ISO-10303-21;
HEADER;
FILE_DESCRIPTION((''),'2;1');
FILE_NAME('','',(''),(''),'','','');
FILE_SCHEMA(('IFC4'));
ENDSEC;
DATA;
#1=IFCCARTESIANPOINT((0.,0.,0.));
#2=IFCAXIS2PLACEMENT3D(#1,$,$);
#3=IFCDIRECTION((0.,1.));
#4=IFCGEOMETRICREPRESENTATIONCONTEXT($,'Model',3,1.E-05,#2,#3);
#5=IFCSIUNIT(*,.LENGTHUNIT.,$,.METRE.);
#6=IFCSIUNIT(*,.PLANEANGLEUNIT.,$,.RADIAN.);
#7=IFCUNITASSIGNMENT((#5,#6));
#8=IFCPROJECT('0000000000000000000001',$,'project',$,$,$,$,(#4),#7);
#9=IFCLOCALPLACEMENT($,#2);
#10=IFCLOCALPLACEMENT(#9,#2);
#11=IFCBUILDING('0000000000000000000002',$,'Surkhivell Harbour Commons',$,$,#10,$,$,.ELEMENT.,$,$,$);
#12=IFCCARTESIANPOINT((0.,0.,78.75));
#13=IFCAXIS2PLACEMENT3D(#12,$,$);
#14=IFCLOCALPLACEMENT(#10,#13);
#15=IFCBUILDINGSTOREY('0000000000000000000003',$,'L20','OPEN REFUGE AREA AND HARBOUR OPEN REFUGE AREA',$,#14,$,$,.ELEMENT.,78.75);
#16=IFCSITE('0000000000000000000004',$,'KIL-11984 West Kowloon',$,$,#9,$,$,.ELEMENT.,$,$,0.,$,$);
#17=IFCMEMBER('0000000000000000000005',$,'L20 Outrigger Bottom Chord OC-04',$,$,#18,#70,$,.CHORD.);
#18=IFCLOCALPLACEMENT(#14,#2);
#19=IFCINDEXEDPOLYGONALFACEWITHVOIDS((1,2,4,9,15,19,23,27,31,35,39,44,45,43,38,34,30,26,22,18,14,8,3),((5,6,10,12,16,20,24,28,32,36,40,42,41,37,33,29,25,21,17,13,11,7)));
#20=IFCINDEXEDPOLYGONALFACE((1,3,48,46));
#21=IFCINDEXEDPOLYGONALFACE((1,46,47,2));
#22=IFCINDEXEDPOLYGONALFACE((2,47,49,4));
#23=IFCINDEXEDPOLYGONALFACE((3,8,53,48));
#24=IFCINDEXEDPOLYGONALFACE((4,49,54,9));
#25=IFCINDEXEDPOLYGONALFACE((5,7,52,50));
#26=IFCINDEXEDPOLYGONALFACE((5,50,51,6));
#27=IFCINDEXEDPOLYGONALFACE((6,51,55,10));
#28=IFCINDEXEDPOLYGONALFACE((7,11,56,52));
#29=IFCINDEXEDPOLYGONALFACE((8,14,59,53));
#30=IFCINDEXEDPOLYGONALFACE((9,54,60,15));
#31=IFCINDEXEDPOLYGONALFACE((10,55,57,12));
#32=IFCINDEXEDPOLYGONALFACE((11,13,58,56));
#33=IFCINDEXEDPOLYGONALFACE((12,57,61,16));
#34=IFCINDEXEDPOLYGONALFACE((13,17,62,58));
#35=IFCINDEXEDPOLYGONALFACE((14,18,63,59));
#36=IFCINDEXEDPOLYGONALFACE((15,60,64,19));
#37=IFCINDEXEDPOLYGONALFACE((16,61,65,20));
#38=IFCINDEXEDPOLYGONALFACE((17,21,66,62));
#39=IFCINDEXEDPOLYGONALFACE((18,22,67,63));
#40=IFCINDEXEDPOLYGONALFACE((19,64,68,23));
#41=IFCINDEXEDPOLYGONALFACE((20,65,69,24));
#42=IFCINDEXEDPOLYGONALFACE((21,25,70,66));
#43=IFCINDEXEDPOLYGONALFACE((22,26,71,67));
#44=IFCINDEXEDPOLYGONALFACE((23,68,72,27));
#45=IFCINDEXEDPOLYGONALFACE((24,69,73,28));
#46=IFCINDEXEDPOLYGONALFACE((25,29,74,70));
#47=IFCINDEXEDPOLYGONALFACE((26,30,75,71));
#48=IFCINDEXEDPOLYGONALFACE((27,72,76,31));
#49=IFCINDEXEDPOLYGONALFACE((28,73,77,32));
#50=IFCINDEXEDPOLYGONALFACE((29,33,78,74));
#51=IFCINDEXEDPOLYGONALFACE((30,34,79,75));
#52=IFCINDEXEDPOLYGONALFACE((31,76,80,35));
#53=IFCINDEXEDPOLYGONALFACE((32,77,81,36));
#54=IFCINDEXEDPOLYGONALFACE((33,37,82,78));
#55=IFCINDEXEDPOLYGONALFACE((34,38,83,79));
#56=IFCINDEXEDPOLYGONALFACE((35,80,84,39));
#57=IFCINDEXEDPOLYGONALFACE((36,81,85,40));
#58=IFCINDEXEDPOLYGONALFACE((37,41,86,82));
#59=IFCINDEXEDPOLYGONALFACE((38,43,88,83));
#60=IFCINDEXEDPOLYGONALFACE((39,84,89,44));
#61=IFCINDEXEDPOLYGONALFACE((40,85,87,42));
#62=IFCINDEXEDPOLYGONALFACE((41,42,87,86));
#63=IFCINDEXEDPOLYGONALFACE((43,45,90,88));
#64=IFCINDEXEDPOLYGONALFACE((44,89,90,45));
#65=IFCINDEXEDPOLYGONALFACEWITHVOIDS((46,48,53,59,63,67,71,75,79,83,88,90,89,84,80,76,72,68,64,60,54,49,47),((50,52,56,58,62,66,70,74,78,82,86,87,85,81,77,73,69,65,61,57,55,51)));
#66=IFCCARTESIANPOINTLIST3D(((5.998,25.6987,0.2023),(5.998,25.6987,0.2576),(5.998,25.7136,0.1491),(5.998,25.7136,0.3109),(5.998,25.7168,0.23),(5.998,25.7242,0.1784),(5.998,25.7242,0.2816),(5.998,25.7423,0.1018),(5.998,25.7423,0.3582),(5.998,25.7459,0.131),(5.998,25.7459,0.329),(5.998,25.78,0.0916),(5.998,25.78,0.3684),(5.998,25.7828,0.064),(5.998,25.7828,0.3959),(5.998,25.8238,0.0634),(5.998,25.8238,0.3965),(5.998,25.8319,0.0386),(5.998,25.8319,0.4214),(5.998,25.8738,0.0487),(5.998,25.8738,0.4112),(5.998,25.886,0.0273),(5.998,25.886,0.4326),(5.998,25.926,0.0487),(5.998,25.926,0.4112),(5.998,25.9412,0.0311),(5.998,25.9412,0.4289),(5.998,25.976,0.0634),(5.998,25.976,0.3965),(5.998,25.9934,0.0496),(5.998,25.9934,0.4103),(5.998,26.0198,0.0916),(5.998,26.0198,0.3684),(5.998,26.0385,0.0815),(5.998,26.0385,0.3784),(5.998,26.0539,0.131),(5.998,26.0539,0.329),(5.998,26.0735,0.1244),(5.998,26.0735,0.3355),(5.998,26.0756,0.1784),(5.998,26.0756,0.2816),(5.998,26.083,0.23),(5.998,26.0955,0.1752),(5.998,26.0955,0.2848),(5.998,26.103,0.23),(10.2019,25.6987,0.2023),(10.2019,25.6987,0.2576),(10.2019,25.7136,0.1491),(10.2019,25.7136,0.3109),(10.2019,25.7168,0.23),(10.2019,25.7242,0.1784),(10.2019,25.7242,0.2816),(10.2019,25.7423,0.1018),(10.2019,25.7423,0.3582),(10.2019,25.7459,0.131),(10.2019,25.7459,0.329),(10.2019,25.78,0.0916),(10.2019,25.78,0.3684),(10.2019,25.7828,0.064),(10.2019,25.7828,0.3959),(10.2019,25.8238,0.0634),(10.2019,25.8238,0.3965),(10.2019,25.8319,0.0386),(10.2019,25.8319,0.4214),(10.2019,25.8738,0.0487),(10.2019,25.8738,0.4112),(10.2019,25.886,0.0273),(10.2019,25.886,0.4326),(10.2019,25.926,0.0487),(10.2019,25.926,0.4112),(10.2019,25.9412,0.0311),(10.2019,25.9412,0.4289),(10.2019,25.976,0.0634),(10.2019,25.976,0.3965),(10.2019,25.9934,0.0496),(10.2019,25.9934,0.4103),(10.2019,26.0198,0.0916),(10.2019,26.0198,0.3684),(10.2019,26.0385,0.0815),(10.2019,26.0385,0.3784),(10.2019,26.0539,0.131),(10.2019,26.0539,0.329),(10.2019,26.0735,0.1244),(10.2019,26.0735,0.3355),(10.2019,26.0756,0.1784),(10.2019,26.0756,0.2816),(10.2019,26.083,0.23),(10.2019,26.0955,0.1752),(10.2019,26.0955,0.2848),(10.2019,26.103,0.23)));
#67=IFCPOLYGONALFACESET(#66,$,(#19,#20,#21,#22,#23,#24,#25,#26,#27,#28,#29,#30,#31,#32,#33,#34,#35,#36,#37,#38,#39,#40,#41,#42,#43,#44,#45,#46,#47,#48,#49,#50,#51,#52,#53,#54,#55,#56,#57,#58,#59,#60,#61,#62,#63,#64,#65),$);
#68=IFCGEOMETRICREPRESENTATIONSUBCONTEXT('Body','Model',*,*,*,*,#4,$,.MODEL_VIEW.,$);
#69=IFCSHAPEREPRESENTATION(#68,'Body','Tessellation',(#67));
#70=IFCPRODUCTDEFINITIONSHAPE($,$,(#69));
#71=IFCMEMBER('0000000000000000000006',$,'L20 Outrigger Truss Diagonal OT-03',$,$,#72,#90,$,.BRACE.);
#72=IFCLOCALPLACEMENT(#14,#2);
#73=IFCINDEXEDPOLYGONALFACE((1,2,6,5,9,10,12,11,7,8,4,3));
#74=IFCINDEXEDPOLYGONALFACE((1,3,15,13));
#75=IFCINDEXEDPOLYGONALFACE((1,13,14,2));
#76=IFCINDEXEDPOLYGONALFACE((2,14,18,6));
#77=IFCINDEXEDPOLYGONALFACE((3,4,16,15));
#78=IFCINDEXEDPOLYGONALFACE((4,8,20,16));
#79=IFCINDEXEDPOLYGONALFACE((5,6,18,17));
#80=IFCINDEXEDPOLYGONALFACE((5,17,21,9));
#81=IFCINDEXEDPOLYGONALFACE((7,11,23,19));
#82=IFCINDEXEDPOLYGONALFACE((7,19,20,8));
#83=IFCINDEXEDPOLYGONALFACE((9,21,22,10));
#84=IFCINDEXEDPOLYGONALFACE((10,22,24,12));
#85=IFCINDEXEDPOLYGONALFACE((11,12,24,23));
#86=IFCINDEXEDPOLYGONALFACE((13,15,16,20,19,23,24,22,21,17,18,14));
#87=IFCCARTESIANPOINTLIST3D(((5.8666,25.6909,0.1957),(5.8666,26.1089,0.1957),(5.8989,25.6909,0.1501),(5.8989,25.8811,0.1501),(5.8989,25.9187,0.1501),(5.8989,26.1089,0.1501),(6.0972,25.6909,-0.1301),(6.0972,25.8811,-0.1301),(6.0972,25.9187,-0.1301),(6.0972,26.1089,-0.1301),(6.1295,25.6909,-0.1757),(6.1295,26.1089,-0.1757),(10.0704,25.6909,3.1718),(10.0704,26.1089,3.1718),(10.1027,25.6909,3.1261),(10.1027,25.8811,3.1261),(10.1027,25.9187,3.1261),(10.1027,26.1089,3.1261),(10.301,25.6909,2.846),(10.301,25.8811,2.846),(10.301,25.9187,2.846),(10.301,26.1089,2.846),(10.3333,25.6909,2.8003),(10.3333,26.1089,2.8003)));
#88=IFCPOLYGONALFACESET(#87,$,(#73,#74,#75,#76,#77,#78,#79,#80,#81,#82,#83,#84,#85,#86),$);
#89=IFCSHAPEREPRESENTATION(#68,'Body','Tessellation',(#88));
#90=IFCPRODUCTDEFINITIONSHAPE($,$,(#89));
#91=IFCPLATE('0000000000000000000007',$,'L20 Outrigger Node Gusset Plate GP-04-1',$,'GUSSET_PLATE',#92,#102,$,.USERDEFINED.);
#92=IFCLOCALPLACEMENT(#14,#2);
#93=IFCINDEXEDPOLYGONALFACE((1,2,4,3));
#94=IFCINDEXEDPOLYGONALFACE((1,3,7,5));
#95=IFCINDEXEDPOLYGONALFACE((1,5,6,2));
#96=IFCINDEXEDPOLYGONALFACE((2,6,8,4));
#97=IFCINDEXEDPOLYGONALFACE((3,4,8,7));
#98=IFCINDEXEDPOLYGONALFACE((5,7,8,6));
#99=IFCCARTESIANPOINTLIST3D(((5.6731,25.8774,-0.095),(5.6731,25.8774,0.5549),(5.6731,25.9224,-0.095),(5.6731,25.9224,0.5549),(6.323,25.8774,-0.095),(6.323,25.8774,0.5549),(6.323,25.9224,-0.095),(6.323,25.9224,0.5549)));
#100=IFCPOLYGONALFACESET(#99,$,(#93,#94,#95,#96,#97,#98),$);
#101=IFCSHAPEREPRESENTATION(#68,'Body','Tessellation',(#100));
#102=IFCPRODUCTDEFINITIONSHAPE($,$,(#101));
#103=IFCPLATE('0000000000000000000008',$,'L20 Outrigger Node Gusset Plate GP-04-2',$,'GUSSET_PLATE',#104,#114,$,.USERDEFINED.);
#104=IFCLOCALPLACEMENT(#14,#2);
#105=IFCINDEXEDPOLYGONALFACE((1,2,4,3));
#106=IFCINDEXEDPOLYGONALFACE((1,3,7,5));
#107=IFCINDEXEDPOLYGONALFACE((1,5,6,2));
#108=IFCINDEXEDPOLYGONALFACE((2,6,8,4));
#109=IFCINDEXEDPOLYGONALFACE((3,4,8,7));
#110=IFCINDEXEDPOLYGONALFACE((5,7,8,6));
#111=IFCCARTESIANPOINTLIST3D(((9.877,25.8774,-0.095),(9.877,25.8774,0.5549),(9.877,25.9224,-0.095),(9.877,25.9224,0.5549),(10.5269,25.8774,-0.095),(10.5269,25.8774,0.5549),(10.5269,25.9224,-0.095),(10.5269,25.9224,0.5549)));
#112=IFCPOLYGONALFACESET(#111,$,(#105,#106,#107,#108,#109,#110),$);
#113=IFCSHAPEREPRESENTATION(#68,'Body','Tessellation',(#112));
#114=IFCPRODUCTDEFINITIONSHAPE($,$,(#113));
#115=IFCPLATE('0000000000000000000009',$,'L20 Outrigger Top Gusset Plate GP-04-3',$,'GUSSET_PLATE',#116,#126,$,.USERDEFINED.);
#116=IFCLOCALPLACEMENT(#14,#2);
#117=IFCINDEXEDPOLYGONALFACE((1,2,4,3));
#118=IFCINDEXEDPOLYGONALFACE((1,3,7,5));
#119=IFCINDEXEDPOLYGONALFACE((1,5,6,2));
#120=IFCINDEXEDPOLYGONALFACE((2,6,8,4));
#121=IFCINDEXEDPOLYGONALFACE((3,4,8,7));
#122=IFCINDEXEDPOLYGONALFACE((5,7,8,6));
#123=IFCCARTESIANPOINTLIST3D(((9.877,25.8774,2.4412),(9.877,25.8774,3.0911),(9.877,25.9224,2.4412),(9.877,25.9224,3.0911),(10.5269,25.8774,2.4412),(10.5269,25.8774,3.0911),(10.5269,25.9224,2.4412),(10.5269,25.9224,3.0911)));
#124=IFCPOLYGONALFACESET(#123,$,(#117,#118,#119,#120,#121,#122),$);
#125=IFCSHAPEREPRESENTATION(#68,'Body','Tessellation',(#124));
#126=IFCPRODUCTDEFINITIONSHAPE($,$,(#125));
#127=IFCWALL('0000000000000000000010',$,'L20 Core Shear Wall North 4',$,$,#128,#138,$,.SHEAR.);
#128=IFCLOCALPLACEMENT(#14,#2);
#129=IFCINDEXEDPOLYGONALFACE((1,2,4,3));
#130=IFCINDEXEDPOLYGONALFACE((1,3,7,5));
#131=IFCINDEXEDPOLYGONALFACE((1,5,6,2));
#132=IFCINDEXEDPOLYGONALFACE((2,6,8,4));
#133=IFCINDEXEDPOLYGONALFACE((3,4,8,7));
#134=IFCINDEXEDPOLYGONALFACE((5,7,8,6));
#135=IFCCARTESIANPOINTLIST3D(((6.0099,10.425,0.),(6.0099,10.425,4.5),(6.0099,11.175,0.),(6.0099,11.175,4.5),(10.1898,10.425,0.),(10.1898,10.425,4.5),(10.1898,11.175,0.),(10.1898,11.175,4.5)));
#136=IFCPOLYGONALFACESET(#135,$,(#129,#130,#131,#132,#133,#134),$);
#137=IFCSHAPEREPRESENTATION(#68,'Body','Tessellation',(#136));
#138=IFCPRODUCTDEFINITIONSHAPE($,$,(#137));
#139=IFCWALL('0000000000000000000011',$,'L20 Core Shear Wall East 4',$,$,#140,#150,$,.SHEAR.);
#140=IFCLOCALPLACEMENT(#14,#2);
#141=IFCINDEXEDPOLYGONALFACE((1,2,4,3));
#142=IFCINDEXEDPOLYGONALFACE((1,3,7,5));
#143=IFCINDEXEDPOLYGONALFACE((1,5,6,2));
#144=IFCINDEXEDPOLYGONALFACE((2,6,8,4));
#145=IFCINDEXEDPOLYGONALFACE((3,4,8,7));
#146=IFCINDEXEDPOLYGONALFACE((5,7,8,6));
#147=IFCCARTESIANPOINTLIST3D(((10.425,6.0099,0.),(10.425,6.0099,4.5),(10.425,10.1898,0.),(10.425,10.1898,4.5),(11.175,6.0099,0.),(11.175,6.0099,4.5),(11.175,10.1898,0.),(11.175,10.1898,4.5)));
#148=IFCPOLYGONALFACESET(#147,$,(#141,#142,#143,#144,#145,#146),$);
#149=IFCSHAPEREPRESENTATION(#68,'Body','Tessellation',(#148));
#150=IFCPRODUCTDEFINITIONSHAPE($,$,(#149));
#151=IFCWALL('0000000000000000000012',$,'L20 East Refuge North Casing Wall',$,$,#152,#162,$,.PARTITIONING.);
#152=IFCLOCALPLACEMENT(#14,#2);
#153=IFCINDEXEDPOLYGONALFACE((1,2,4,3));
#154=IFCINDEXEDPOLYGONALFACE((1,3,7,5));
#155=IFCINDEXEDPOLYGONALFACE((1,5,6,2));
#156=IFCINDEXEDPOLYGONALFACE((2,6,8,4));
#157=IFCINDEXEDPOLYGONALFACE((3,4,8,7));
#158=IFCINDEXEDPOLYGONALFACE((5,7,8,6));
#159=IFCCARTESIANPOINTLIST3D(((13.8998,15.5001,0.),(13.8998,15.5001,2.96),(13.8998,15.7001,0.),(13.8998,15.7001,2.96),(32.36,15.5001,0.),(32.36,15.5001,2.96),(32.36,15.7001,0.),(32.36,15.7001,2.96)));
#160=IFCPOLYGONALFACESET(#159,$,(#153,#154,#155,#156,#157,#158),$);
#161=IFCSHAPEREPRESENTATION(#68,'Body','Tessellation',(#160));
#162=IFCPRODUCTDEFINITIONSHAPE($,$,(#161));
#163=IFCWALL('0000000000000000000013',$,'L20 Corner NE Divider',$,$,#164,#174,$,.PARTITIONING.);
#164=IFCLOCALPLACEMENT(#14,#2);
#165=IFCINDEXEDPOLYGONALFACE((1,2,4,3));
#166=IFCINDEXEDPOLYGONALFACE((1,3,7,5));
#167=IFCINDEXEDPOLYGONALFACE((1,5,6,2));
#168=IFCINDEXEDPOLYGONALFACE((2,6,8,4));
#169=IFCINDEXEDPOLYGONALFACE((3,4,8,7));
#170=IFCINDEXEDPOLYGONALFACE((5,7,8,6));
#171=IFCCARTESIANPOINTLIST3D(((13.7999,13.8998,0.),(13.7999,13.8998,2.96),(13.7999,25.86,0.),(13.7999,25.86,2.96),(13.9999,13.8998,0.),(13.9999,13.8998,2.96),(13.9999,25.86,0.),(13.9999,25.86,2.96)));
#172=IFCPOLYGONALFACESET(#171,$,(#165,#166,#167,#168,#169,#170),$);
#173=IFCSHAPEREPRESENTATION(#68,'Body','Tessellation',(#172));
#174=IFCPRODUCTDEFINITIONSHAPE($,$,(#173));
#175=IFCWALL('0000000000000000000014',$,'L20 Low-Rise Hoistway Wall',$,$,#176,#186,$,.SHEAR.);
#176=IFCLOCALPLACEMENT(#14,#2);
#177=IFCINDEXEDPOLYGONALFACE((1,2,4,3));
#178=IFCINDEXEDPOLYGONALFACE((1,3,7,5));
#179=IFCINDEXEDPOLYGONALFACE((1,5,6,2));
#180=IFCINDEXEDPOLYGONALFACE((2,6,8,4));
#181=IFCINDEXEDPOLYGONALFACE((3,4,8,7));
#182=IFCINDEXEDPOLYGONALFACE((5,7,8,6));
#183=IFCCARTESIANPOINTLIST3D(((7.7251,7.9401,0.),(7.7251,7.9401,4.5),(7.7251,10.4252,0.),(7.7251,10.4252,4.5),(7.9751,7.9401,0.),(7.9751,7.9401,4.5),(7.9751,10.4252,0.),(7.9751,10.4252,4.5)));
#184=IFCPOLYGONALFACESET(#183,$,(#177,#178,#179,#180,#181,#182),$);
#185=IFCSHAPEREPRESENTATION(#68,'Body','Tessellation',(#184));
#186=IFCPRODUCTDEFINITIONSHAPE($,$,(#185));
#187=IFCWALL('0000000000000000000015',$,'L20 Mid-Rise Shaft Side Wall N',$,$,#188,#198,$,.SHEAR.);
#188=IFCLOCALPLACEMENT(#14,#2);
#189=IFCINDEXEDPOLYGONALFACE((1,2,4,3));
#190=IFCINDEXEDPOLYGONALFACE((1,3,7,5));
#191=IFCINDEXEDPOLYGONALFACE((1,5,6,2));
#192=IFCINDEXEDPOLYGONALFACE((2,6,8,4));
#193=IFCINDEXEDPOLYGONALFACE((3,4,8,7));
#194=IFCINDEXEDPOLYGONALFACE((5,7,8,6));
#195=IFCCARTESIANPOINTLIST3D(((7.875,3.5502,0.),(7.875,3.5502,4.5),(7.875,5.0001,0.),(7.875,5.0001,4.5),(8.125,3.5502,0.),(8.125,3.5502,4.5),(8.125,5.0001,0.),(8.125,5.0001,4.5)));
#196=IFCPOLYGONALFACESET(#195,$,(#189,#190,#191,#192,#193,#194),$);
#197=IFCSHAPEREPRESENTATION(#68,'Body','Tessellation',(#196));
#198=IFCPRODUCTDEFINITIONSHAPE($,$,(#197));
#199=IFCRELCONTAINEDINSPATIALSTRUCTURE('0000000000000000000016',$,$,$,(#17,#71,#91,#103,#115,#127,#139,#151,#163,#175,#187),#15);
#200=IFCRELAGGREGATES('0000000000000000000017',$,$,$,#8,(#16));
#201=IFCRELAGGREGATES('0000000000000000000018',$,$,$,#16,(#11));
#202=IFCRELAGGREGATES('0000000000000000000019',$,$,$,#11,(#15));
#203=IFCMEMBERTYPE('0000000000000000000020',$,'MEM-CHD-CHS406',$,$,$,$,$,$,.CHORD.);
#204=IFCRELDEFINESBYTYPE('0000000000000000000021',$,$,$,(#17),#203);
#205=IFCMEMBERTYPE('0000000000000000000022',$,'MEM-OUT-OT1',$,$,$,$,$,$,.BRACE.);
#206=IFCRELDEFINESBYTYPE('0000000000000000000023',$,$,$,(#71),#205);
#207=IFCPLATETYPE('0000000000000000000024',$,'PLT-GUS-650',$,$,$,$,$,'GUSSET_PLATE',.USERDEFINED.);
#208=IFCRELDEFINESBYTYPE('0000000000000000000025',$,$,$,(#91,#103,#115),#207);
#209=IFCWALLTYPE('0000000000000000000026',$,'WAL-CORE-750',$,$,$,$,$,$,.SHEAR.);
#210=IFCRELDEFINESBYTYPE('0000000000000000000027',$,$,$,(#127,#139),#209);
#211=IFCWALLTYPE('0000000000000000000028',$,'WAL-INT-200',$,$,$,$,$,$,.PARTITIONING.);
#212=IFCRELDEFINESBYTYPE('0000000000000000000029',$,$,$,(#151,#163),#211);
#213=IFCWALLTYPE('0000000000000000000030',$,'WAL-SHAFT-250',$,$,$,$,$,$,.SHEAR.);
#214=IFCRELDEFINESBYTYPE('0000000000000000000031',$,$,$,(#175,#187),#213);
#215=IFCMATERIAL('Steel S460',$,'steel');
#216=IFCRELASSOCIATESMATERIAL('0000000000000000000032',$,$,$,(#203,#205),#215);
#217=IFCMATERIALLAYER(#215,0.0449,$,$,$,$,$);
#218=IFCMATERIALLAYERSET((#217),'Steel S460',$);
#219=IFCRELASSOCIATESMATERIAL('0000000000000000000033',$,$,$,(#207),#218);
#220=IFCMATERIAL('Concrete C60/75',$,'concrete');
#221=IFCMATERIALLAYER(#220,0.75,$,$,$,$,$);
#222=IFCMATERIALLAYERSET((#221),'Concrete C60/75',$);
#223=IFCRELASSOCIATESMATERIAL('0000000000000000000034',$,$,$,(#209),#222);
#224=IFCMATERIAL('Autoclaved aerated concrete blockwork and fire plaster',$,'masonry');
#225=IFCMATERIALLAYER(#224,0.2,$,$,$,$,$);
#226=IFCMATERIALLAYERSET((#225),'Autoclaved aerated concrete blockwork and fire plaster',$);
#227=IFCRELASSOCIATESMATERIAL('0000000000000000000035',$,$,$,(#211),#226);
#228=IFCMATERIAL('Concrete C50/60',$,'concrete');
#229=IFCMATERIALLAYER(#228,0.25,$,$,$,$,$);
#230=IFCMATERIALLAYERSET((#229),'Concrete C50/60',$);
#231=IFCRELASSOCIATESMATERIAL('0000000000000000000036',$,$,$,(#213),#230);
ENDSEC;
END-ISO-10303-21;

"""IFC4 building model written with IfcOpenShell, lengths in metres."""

from ifc_helpers import new_model, si_unit, direction, frame, frame_2d, origin, origin_2d, place, context, subcontext, project, spatial, rectangle, hollow_circle, i_section, extrude, material, layer, layer_set, material_profile, profile_set, type_object, element, save


model = new_model("IFC4")

# Units and contexts
model_context = context("Model", 3, precision=1e-05, world=origin(), true_north=direction((0.0, 1.0)))
body_context = subcontext(model_context, "Body", "Model", "MODEL_VIEW")
ifc_project = project(units=[si_unit("LENGTHUNIT", "METRE"), si_unit("PLANEANGLEUNIT", "RADIAN")], contexts=[model_context])

# Site, building, storey
site_placement = place(None, origin())
site = spatial("IfcSite", under=ifc_project, at=site_placement, Name="KIL-11984 West Kowloon", CompositionType="ELEMENT", RefElevation=0.0)
building_placement = place(site_placement, origin())
building = spatial("IfcBuilding", under=site, at=building_placement, Name="Surkhivell Harbour Commons", CompositionType="ELEMENT")
storey_placement = place(building_placement, frame((0.0, 0.0, 78.75)))
storey = spatial("IfcBuildingStorey", under=building, at=storey_placement, Name="L20", Description="OPEN REFUGE AREA AND HARBOUR OPEN REFUGE AREA", CompositionType="ELEMENT", Elevation=78.75)

# Shared definitions
ifc_material_1 = material(Name="Steel S460", Category="steel")

# Members
ifc_material_profile_1 = material_profile(ifc_material_1, hollow_circle(Radius=0.2031, WallThickness=0.02, at=origin_2d()), Name="CHS406x20")
ifc_profile_set_1 = profile_set([ifc_material_profile_1], Name="Steel S460")
member_type_1 = type_object("IfcMemberType", Name="MEM-CHD-CHS406", PredefinedType="CHORD", material=ifc_profile_set_1)
member_1_placement = place(storey_placement, frame((5.998, 25.8999, 0.23), z_axis=(1.0, 0.0, 0.0), x_axis=(0.0, 1.0, 0.0)))
element("IfcMember", 1, at=member_1_placement, inside=storey, type_object=member_type_1, Name="L20 Outrigger Bottom Chord OC-04", PredefinedType="CHORD", context=body_context, shape_type="SweptSolid", body=[
    extrude(hollow_circle(Radius=0.2031, WallThickness=0.02, at=origin_2d()), origin(), (0.0, 0.0, 1.0), 4.2039),
])
ifc_material_profile_2 = material_profile(ifc_material_1, i_section(OverallWidth=0.418, OverallDepth=0.4551, WebThickness=0.0376, FlangeThickness=0.0559, at=origin_2d()), Name="HD400x551")
ifc_profile_set_2 = profile_set([ifc_material_profile_2], Name="Steel S460")
member_type_2 = type_object("IfcMemberType", Name="MEM-OUT-OT1", PredefinedType="BRACE", material=ifc_profile_set_2)
member_2_placement = place(storey_placement, frame((5.998, 25.8999, 0.01), z_axis=(0.816176, 0.0, 0.577803), x_axis=(0.0, 1.0, 0.0)))
element("IfcMember", 2, at=member_2_placement, inside=storey, type_object=member_type_2, Name="L20 Outrigger Truss Diagonal OT-03", PredefinedType="BRACE", context=body_context, shape_type="SweptSolid", body=[
    extrude(i_section(OverallWidth=0.418, OverallDepth=0.4551, WebThickness=0.0376, FlangeThickness=0.0559, at=origin_2d()), origin(), (0.0, 0.0, 1.0), 5.1506),
])

# Plates
ifc_layer_1 = layer(ifc_material_1, 0.0449)
ifc_layer_set_1 = layer_set([ifc_layer_1], Name="Steel S460")
plate_type = type_object("IfcPlateType", Name="PLT-GUS-650", ElementType="GUSSET_PLATE", PredefinedType="USERDEFINED", material=ifc_layer_set_1)
for number, where, z_axis, x_axis, name in (
    (3, (5.998, 25.8999, -0.095), (0.0, 0.0, 1.0), (1.0, 0.0, 0.0), "L20 Outrigger Node Gusset Plate GP-04-1"),
    (4, (10.2019, 25.8999, -0.095), (0.0, 0.0, 1.0), (1.0, 0.0, 0.0), "L20 Outrigger Node Gusset Plate GP-04-2"),
    (5, (10.2019, 25.8999, 2.4412), (0.0, 0.0, 1.0), (1.0, 0.0, 0.0), "L20 Outrigger Top Gusset Plate GP-04-3"),
):
    element("IfcPlate", number, at=place(storey_placement, frame(where, z_axis=z_axis, x_axis=x_axis)), inside=storey, type_object=plate_type, Name=name, ObjectType="GUSSET_PLATE", PredefinedType="USERDEFINED", context=body_context, shape_type="SweptSolid", body=[
        extrude(rectangle(XDim=0.6499, YDim=0.0449, at=origin_2d()), origin(), (0.0, 0.0, 1.0), 0.6499),
    ])

# Walls
ifc_material_2 = material(Name="Concrete C60/75", Category="concrete")
ifc_layer_2 = layer(ifc_material_2, 0.75)
ifc_layer_set_2 = layer_set([ifc_layer_2], Name="Concrete C60/75")
wall_type_1 = type_object("IfcWallType", Name="WAL-CORE-750", PredefinedType="SHEAR", material=ifc_layer_set_2)
for number, where, z_axis, x_axis, name in (
    (6, (6.01, 10.8, 0.0), (0.0, 0.0, 1.0), (1.0, 0.0, 0.0), "L20 Core Shear Wall North 4"),
    (7, (10.8, 6.01, 0.0), (0.0, 0.0, 1.0), (0.0, 1.0, 0.0), "L20 Core Shear Wall East 4"),
):
    element("IfcWall", number, at=place(storey_placement, frame(where, z_axis=z_axis, x_axis=x_axis)), inside=storey, type_object=wall_type_1, Name=name, PredefinedType="SHEAR", context=body_context, shape_type="SweptSolid", body=[
        extrude(rectangle(XDim=4.1799, YDim=0.75, at=frame_2d((2.0898, 0.0))), origin(), (0.0, 0.0, 1.0), 4.5),
    ])
ifc_material_3 = material(Name="Autoclaved aerated concrete blockwork and fire plaster", Category="masonry")
ifc_layer_3 = layer(ifc_material_3, 0.2)
ifc_layer_set_3 = layer_set([ifc_layer_3], Name="Autoclaved aerated concrete blockwork and fire plaster")
wall_type_2 = type_object("IfcWallType", Name="WAL-INT-200", PredefinedType="PARTITIONING", material=ifc_layer_set_3)
wall_1_placement = place(storey_placement, frame((13.8999, 15.6001, 0.0), z_axis=(0.0, 0.0, 1.0), x_axis=(1.0, 0.0, 0.0)))
element("IfcWall", 8, at=wall_1_placement, inside=storey, type_object=wall_type_2, Name="L20 East Refuge North Casing Wall", PredefinedType="PARTITIONING", context=body_context, shape_type="SweptSolid", body=[
    extrude(rectangle(XDim=18.4602, YDim=0.2, at=frame_2d((9.23, 0.0))), origin(), (0.0, 0.0, 1.0), 2.96),
])
wall_2_placement = place(storey_placement, frame((13.8999, 13.8999, 0.0), z_axis=(0.0, 0.0, 1.0), x_axis=(0.0, 1.0, 0.0)))
element("IfcWall", 9, at=wall_2_placement, inside=storey, type_object=wall_type_2, Name="L20 Corner NE Divider", PredefinedType="PARTITIONING", context=body_context, shape_type="SweptSolid", body=[
    extrude(rectangle(XDim=11.9602, YDim=0.2, at=frame_2d((5.98, 0.0))), origin(), (0.0, 0.0, 1.0), 2.96),
])
ifc_material_4 = material(Name="Concrete C50/60", Category="concrete")
ifc_layer_4 = layer(ifc_material_4, 0.25)
ifc_layer_set_4 = layer_set([ifc_layer_4], Name="Concrete C50/60")
wall_type_3 = type_object("IfcWallType", Name="WAL-SHAFT-250", PredefinedType="SHEAR", material=ifc_layer_set_4)
wall_3_placement = place(storey_placement, frame((7.8501, 7.9399, 0.0), z_axis=(0.0, 0.0, 1.0), x_axis=(0.0, 1.0, 0.0)))
element("IfcWall", 10, at=wall_3_placement, inside=storey, type_object=wall_type_3, Name="L20 Low-Rise Hoistway Wall", PredefinedType="SHEAR", context=body_context, shape_type="SweptSolid", body=[
    extrude(rectangle(XDim=2.4851, YDim=0.25, at=frame_2d((1.2427, 0.0))), origin(), (0.0, 0.0, 1.0), 4.5),
])
wall_4_placement = place(storey_placement, frame((8.0, 3.55, 0.0), z_axis=(0.0, 0.0, 1.0), x_axis=(0.0, 1.0, 0.0)))
element("IfcWall", 11, at=wall_4_placement, inside=storey, type_object=wall_type_3, Name="L20 Mid-Rise Shaft Side Wall N", PredefinedType="SHEAR", context=body_context, shape_type="SweptSolid", body=[
    extrude(rectangle(XDim=1.45, YDim=0.25, at=frame_2d((0.7251, 0.0))), origin(), (0.0, 0.0, 1.0), 4.5),
])

save(model, "model.ifc")
